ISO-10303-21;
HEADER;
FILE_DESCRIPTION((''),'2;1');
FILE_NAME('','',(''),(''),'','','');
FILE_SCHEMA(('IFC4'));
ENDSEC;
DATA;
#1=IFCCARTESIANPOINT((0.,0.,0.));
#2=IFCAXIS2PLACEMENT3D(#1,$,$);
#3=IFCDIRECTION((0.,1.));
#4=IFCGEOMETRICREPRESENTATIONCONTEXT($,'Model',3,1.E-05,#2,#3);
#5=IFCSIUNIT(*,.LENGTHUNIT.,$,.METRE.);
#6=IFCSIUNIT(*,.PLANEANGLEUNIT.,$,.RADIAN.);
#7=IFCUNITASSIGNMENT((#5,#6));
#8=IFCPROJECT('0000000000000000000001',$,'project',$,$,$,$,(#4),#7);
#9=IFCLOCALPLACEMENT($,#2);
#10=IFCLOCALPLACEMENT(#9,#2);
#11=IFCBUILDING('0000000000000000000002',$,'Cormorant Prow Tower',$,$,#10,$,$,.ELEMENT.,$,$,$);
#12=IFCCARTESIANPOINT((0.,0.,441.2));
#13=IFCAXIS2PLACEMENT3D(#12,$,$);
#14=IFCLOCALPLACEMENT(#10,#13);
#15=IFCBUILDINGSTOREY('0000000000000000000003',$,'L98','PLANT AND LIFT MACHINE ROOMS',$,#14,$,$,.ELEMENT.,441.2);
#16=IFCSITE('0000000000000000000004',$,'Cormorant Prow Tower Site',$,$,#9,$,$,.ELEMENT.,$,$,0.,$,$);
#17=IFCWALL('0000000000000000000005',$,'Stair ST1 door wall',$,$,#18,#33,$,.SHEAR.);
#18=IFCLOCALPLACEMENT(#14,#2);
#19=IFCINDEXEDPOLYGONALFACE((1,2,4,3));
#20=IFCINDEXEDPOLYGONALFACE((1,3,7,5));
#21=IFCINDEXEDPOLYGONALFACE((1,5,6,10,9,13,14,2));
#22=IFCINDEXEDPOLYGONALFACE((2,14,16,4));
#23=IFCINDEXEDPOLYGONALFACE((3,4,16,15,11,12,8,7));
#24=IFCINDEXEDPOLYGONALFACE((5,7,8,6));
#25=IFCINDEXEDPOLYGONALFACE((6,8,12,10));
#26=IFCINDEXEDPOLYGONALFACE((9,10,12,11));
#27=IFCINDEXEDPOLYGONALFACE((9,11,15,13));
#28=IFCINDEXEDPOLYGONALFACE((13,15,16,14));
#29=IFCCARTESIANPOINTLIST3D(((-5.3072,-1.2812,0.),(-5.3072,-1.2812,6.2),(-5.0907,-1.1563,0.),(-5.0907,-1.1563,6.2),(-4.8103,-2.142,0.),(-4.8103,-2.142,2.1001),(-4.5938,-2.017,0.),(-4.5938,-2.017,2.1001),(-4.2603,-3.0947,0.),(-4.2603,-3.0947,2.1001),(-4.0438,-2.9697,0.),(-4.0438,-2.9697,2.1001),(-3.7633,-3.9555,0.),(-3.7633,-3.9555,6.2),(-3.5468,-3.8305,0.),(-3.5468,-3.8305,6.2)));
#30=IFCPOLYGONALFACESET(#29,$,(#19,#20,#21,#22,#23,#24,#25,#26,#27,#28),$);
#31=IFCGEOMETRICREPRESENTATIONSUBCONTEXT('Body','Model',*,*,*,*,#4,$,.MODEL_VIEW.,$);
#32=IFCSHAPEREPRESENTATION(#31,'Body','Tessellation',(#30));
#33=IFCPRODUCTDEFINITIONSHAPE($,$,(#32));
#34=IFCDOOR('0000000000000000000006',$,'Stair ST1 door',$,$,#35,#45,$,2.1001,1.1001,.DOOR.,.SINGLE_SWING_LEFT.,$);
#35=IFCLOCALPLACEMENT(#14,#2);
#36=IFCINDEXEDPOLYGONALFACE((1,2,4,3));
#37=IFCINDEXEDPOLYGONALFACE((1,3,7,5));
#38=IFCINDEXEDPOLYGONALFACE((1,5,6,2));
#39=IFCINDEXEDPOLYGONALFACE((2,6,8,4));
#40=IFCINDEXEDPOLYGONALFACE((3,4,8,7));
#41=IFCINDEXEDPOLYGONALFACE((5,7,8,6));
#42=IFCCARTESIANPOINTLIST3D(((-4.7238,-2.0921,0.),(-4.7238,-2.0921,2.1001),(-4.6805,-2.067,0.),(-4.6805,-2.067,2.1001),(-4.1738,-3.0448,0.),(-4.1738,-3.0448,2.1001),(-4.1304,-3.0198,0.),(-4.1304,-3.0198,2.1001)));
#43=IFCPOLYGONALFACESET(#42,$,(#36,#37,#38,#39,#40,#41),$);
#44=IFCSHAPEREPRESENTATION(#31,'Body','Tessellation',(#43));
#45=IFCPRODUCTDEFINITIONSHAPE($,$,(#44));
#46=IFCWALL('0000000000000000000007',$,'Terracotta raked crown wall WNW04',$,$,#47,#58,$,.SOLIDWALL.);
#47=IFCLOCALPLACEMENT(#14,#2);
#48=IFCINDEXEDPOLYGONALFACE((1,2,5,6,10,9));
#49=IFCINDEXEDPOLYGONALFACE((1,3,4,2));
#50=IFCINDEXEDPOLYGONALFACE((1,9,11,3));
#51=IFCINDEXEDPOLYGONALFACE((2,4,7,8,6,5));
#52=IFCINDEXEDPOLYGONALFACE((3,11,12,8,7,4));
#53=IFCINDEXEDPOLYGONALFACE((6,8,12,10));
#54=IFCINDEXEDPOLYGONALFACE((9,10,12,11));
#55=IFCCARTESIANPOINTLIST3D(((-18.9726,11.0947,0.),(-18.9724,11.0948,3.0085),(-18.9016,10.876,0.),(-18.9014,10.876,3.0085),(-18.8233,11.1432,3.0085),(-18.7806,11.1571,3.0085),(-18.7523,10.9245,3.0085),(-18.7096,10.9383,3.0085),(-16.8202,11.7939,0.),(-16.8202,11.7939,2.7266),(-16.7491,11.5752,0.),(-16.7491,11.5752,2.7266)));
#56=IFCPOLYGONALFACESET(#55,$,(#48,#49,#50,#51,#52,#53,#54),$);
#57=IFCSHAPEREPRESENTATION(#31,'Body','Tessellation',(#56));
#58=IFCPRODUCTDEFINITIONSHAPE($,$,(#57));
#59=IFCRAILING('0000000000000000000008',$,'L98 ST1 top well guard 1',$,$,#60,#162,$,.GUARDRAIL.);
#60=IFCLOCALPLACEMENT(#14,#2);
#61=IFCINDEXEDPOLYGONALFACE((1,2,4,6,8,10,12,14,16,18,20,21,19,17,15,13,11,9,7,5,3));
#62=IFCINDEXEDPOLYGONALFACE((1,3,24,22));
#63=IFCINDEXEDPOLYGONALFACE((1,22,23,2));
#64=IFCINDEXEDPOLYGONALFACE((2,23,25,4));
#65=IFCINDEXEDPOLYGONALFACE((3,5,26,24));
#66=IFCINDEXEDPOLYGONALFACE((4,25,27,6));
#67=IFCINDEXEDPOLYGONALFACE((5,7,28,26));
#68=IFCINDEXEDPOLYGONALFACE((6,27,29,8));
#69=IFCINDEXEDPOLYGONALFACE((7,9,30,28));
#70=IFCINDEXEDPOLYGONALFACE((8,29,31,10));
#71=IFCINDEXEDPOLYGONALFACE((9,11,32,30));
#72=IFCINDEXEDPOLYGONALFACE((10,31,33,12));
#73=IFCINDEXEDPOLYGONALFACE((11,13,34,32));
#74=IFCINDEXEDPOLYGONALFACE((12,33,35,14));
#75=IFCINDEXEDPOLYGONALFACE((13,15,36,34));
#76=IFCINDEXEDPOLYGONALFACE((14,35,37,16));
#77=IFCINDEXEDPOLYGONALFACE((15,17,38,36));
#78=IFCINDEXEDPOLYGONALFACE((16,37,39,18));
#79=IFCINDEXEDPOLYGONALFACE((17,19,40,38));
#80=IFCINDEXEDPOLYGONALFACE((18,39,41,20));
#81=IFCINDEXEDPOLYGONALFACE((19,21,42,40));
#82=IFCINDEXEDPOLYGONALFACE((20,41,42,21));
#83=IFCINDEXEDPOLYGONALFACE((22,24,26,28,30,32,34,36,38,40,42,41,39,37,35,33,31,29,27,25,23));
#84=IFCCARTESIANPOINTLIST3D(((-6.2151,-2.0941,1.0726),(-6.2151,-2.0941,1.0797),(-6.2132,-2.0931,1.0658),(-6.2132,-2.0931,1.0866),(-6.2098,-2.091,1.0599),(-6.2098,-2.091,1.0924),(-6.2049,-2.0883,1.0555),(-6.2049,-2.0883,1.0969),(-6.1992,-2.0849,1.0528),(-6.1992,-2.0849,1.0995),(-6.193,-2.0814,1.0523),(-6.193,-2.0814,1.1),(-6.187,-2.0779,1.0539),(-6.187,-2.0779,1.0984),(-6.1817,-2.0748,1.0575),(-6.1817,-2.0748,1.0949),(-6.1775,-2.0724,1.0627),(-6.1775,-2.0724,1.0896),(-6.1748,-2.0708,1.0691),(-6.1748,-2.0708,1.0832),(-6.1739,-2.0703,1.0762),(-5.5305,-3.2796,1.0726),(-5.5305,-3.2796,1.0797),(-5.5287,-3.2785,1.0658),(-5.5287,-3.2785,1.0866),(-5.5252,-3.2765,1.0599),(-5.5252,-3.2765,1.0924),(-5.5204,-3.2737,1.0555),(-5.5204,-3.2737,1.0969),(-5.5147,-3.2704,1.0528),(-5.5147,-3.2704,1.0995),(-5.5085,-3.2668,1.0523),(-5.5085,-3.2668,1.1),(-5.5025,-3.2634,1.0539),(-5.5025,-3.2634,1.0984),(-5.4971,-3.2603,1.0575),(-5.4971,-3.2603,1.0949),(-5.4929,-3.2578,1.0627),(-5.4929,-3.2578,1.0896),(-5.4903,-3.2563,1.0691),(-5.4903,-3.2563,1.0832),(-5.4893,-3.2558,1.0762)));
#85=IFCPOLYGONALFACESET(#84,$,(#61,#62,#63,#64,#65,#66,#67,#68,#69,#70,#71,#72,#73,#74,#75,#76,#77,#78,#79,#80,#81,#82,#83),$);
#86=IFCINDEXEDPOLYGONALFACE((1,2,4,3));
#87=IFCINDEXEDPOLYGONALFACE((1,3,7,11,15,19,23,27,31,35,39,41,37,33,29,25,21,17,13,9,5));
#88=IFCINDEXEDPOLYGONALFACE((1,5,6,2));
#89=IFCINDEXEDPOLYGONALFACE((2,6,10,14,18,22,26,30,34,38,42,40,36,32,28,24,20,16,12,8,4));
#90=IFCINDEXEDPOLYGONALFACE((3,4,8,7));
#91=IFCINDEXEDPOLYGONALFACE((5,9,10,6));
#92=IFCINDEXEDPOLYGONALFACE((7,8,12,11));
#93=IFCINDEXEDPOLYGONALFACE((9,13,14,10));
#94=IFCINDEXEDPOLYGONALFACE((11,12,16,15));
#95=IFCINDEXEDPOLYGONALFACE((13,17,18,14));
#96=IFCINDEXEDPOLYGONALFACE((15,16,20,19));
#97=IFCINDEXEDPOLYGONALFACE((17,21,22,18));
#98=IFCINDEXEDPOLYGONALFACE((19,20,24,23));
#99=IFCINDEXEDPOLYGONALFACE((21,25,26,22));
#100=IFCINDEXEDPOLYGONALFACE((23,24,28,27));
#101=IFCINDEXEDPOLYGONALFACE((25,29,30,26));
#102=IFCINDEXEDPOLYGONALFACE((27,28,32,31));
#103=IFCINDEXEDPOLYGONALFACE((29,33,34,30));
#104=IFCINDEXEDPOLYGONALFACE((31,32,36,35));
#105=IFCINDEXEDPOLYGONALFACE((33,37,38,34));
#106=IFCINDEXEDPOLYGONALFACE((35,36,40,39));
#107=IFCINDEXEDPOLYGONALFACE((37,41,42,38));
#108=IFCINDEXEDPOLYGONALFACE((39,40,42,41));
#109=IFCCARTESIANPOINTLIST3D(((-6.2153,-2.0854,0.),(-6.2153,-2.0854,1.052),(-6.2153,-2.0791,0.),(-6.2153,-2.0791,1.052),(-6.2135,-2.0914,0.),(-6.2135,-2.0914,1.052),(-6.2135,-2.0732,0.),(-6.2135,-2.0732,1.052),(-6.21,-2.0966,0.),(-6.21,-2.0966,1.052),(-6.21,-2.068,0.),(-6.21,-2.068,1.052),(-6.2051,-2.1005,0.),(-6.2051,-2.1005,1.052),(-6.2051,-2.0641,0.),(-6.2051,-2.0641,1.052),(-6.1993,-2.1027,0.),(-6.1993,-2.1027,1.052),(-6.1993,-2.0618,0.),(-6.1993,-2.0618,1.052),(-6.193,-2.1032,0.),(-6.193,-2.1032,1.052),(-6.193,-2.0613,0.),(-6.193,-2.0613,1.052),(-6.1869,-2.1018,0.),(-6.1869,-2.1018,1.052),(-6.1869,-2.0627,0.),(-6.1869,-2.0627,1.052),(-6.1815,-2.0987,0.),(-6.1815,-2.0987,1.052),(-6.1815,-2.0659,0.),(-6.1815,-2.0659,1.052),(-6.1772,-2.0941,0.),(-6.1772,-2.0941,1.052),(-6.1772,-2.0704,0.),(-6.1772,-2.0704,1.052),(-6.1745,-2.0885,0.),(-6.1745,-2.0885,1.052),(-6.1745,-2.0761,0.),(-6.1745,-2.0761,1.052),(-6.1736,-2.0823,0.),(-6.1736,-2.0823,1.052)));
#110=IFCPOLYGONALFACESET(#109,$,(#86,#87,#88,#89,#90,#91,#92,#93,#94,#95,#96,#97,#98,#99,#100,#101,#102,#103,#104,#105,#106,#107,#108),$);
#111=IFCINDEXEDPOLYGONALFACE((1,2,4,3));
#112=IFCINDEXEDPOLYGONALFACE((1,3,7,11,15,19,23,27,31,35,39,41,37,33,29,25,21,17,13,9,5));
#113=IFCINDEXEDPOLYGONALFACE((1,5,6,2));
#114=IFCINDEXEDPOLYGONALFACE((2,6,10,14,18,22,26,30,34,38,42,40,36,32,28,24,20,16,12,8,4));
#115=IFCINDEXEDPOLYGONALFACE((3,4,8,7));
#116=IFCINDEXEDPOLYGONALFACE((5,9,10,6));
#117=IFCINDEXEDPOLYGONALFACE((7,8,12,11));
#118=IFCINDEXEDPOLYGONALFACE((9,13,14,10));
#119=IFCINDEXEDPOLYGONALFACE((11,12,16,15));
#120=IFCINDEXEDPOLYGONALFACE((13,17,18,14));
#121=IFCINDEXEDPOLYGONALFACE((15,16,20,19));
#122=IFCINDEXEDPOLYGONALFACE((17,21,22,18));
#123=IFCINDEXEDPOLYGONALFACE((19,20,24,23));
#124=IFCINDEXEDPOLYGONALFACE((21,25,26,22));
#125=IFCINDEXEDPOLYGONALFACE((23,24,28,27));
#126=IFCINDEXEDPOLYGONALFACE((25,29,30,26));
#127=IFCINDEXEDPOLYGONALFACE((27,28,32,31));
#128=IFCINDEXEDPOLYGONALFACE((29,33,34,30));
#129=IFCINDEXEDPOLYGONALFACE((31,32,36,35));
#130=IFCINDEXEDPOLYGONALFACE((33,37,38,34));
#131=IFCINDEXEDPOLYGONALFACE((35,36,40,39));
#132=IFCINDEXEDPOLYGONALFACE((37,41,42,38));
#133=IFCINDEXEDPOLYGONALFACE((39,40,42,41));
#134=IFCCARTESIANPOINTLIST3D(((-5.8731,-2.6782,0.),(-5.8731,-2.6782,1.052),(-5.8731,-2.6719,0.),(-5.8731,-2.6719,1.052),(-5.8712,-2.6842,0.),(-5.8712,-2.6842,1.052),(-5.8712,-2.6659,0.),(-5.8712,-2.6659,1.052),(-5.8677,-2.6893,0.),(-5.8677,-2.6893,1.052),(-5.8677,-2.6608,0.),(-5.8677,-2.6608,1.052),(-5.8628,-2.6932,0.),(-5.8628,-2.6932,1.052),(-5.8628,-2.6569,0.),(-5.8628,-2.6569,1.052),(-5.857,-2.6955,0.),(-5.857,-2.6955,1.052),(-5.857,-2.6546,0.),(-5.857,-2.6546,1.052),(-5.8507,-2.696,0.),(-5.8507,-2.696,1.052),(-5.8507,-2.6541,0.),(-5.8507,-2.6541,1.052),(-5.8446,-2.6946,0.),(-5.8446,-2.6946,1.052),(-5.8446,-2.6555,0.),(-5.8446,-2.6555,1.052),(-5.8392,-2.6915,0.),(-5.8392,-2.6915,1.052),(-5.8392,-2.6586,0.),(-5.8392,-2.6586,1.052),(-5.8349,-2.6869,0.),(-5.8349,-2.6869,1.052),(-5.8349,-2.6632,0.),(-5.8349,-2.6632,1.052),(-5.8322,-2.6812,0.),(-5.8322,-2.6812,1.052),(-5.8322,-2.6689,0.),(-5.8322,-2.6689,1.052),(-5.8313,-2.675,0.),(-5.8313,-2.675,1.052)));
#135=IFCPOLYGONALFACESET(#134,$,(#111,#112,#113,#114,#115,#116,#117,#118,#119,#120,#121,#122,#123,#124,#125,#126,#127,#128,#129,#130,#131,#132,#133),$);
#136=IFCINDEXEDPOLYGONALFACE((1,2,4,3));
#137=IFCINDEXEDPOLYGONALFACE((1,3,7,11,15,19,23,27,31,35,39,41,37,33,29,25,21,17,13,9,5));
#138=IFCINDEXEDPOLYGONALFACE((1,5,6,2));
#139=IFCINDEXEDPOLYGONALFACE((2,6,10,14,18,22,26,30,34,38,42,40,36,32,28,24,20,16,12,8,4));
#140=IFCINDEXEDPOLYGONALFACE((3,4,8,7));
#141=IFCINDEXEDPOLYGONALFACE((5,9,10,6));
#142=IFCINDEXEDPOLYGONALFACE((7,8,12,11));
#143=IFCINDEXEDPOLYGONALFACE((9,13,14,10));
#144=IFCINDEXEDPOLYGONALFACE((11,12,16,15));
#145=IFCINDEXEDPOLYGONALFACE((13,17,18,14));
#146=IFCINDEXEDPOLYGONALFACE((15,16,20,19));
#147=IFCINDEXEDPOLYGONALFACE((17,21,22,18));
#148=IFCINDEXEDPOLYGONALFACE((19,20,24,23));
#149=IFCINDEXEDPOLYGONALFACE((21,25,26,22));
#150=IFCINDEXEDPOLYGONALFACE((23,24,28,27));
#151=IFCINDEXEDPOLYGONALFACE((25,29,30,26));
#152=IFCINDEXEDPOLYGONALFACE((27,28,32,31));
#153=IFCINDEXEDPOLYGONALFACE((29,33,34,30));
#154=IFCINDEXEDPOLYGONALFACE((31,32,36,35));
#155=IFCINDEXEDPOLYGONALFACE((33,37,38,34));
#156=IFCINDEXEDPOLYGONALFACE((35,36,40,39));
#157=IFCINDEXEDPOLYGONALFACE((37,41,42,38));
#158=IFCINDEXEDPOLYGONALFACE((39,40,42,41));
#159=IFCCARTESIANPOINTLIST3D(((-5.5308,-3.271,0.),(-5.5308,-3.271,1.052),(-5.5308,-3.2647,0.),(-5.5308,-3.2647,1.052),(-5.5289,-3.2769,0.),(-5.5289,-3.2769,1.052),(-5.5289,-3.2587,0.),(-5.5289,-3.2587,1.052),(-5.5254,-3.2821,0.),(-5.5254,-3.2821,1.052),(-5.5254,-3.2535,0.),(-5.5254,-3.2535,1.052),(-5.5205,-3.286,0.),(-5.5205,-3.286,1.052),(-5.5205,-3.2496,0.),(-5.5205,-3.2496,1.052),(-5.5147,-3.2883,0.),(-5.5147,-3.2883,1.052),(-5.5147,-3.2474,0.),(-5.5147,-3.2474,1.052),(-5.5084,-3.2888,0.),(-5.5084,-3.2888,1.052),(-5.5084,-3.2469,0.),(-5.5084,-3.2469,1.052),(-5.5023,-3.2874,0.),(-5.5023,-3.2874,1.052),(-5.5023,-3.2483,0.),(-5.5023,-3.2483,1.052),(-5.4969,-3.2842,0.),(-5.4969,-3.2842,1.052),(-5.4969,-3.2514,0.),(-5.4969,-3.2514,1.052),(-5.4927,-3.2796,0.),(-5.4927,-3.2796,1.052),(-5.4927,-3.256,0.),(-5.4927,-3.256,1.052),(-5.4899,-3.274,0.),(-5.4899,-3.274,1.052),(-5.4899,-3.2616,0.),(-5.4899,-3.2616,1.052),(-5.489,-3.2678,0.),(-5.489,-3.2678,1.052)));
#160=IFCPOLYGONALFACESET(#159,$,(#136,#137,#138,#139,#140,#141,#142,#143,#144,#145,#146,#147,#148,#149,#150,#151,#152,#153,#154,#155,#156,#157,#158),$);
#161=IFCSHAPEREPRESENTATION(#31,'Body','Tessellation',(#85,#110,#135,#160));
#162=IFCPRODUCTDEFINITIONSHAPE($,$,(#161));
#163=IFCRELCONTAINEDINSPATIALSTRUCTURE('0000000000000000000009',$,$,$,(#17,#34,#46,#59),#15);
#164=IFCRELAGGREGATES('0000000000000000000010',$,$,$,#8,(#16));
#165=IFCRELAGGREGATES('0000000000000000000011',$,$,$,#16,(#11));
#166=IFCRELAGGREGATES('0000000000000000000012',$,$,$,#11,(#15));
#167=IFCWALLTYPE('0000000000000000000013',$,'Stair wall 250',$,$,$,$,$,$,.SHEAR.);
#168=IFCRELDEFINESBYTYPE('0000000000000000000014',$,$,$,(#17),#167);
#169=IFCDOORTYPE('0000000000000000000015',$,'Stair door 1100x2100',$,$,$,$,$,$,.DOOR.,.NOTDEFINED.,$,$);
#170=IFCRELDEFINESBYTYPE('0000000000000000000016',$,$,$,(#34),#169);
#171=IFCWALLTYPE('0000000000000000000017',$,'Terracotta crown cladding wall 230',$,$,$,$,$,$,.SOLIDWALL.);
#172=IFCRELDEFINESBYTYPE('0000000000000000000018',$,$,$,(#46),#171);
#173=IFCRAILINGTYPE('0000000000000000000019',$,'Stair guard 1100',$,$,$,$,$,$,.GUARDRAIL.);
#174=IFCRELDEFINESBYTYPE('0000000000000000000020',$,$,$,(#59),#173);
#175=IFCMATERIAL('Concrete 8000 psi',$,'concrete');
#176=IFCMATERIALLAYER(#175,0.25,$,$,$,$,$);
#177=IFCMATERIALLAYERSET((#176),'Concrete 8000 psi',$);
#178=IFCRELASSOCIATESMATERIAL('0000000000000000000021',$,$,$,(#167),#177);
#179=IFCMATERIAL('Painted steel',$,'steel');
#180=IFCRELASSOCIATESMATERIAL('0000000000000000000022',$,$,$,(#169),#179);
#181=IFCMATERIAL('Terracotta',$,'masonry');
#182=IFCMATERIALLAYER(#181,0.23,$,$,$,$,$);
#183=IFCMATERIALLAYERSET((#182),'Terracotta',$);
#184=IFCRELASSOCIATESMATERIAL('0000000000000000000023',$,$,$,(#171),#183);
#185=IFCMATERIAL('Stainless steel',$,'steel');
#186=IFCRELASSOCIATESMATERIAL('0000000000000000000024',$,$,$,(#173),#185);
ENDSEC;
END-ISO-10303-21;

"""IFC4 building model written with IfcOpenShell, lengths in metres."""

from ifc_helpers import new_model, si_unit, direction, frame, frame_2d, origin, origin_2d, place, context, subcontext, project, spatial, polyline, rectangle, circle, outline, extrude, material, layer, layer_set, type_object, element, fill, save


model = new_model("IFC4")

# Units and contexts
model_context = context("Model", 3, precision=1e-05, world=origin(), true_north=direction((0.0, 1.0)))
body_context = subcontext(model_context, "Body", "Model", "MODEL_VIEW")
ifc_project = project(units=[si_unit("LENGTHUNIT", "METRE"), si_unit("PLANEANGLEUNIT", "RADIAN")], contexts=[model_context])

# Site, building, storey
site_placement = place(None, origin())
site = spatial("IfcSite", under=ifc_project, at=site_placement, Name="Cormorant Prow Tower Site", CompositionType="ELEMENT", RefElevation=0.0)
building_placement = place(site_placement, origin())
building = spatial("IfcBuilding", under=site, at=building_placement, Name="Cormorant Prow Tower", CompositionType="ELEMENT")
storey_placement = place(building_placement, frame((0.0, 0.0, 441.2)))
storey = spatial("IfcBuildingStorey", under=building, at=storey_placement, Name="L98", Description="PLANT AND LIFT MACHINE ROOMS", CompositionType="ELEMENT", Elevation=441.2)

# Shared definitions
ifc_material_1 = material(Name="Concrete 8000 psi", Category="concrete")
ifc_layer_1 = layer(ifc_material_1, 0.25)
ifc_layer_set_1 = layer_set([ifc_layer_1], Name="Concrete 8000 psi")
wall_type_1 = type_object("IfcWallType", Name="Stair wall 250", PredefinedType="SHEAR", material=ifc_layer_set_1)

# Wall, opening, door
wall_1_placement = place(storey_placement, frame((-5.199, -1.2188, 0.0), z_axis=(0.0, 0.0, 1.0), x_axis=(0.499983, -0.866035, 0.0)))
wall_1 = element("IfcWall", 1, at=wall_1_placement, inside=storey, type_object=wall_type_1, Name="Stair ST1 door wall", PredefinedType="SHEAR", context=body_context, shape_type="SweptSolid", body=[
    extrude(rectangle(XDim=3.0879, YDim=0.25, at=frame_2d((1.5439, 0.0))), origin(), (0.0, 0.0, 1.0), 6.2),
])
opening_1_placement = place(wall_1_placement, frame((0.9939, 0.0, 0.0)))
opening_1 = element("IfcOpeningElement", 2, at=opening_1_placement, cuts=wall_1, PredefinedType="OPENING", context=body_context, shape_type="SweptSolid", body=[
    extrude(rectangle(XDim=1.1001, YDim=2.1001, at=frame_2d((0.55, 1.05))), frame((0.0, 0.135, 0.0), z_axis=(0.0, -1.0, 0.0), x_axis=(1.0, 0.0, 0.0)), (0.0, 0.0, 1.0), 0.27),
])
ifc_material_2 = material(Name="Painted steel", Category="steel")
door_type_1 = type_object("IfcDoorType", Name="Stair door 1100x2100", OperationType="NOTDEFINED", PredefinedType="DOOR", material=ifc_material_2)
door_1_placement = place(opening_1_placement, origin())
door_1 = element("IfcDoor", 3, at=door_1_placement, inside=storey, type_object=door_type_1, Name="Stair ST1 door", OperationType="SINGLE_SWING_LEFT", OverallHeight=2.1001, OverallWidth=1.1001, PredefinedType="DOOR", context=body_context, shape_type="SweptSolid", body=[
    extrude(rectangle(XDim=1.1001, YDim=2.1001, at=frame_2d((0.55, 1.05))), frame((0.0, 0.0249, 0.0), z_axis=(0.0, -1.0, 0.0), x_axis=(1.0, 0.0, 0.0)), (0.0, 0.0, 1.0), 0.05),
])
fill(opening_1, door_1)

# Wall
ifc_material_3 = material(Name="Terracotta", Category="masonry")
ifc_layer_2 = layer(ifc_material_3, 0.23)
ifc_layer_set_2 = layer_set([ifc_layer_2], Name="Terracotta")
wall_type_2 = type_object("IfcWallType", Name="Terracotta crown cladding wall 230", PredefinedType="SOLIDWALL", material=ifc_layer_set_2)
wall_2_placement = place(storey_placement, frame((-16.7847, 11.6846, 0.0), z_axis=(0.0, 0.0, 1.0), x_axis=(-0.951072, -0.308969, 0.0)))
element("IfcWall", 4, at=wall_2_placement, inside=storey, type_object=wall_type_2, Name="Terracotta raked crown wall WNW04", PredefinedType="SOLIDWALL", context=body_context, shape_type="SweptSolid", body=[
    extrude(outline(polyline([(0.0, 0.0), (2.2632, 0.0), (2.2629, 3.0085), (2.1062, 3.0085), (2.0613, 3.0085), (0.0, 2.7266), (0.0, 0.0)])), frame((0.0, 0.115, 0.0), z_axis=(0.0, -1.0, 0.0), x_axis=(1.0, 0.0, 0.0)), (0.0, 0.0, 1.0), 0.23),
])

# Railing
ifc_material_4 = material(Name="Stainless steel", Category="steel")
railing_type_1 = type_object("IfcRailingType", Name="Stair guard 1100", PredefinedType="GUARDRAIL", material=ifc_material_4)
railing_1_placement = place(storey_placement, frame((-6.1946, -2.0823, 0.0)))
element("IfcRailing", 5, at=railing_1_placement, inside=storey, type_object=railing_type_1, Name="L98 ST1 top well guard 1", PredefinedType="GUARDRAIL", context=body_context, shape_type="SweptSolid", body=[
    extrude(circle(Radius=0.0239, at=origin_2d()), frame((0.0, 0.0, 1.0762), z_axis=(0.500052, -0.865996, 0.0), x_axis=(0.865996, 0.500052, 0.0)), (0.0, 0.0, 1.0), 1.3689),
    extrude(circle(Radius=0.021, at=origin_2d()), origin(), (0.0, 0.0, 1.0), 1.052),
    extrude(circle(Radius=0.021, at=origin_2d()), frame((0.3423, -0.5928, 0.0)), (0.0, 0.0, 1.0), 1.052),
    extrude(circle(Radius=0.021, at=origin_2d()), frame((0.6846, -1.1855, 0.0)), (0.0, 0.0, 1.0), 1.052),
])

save(model, "model.ifc")
